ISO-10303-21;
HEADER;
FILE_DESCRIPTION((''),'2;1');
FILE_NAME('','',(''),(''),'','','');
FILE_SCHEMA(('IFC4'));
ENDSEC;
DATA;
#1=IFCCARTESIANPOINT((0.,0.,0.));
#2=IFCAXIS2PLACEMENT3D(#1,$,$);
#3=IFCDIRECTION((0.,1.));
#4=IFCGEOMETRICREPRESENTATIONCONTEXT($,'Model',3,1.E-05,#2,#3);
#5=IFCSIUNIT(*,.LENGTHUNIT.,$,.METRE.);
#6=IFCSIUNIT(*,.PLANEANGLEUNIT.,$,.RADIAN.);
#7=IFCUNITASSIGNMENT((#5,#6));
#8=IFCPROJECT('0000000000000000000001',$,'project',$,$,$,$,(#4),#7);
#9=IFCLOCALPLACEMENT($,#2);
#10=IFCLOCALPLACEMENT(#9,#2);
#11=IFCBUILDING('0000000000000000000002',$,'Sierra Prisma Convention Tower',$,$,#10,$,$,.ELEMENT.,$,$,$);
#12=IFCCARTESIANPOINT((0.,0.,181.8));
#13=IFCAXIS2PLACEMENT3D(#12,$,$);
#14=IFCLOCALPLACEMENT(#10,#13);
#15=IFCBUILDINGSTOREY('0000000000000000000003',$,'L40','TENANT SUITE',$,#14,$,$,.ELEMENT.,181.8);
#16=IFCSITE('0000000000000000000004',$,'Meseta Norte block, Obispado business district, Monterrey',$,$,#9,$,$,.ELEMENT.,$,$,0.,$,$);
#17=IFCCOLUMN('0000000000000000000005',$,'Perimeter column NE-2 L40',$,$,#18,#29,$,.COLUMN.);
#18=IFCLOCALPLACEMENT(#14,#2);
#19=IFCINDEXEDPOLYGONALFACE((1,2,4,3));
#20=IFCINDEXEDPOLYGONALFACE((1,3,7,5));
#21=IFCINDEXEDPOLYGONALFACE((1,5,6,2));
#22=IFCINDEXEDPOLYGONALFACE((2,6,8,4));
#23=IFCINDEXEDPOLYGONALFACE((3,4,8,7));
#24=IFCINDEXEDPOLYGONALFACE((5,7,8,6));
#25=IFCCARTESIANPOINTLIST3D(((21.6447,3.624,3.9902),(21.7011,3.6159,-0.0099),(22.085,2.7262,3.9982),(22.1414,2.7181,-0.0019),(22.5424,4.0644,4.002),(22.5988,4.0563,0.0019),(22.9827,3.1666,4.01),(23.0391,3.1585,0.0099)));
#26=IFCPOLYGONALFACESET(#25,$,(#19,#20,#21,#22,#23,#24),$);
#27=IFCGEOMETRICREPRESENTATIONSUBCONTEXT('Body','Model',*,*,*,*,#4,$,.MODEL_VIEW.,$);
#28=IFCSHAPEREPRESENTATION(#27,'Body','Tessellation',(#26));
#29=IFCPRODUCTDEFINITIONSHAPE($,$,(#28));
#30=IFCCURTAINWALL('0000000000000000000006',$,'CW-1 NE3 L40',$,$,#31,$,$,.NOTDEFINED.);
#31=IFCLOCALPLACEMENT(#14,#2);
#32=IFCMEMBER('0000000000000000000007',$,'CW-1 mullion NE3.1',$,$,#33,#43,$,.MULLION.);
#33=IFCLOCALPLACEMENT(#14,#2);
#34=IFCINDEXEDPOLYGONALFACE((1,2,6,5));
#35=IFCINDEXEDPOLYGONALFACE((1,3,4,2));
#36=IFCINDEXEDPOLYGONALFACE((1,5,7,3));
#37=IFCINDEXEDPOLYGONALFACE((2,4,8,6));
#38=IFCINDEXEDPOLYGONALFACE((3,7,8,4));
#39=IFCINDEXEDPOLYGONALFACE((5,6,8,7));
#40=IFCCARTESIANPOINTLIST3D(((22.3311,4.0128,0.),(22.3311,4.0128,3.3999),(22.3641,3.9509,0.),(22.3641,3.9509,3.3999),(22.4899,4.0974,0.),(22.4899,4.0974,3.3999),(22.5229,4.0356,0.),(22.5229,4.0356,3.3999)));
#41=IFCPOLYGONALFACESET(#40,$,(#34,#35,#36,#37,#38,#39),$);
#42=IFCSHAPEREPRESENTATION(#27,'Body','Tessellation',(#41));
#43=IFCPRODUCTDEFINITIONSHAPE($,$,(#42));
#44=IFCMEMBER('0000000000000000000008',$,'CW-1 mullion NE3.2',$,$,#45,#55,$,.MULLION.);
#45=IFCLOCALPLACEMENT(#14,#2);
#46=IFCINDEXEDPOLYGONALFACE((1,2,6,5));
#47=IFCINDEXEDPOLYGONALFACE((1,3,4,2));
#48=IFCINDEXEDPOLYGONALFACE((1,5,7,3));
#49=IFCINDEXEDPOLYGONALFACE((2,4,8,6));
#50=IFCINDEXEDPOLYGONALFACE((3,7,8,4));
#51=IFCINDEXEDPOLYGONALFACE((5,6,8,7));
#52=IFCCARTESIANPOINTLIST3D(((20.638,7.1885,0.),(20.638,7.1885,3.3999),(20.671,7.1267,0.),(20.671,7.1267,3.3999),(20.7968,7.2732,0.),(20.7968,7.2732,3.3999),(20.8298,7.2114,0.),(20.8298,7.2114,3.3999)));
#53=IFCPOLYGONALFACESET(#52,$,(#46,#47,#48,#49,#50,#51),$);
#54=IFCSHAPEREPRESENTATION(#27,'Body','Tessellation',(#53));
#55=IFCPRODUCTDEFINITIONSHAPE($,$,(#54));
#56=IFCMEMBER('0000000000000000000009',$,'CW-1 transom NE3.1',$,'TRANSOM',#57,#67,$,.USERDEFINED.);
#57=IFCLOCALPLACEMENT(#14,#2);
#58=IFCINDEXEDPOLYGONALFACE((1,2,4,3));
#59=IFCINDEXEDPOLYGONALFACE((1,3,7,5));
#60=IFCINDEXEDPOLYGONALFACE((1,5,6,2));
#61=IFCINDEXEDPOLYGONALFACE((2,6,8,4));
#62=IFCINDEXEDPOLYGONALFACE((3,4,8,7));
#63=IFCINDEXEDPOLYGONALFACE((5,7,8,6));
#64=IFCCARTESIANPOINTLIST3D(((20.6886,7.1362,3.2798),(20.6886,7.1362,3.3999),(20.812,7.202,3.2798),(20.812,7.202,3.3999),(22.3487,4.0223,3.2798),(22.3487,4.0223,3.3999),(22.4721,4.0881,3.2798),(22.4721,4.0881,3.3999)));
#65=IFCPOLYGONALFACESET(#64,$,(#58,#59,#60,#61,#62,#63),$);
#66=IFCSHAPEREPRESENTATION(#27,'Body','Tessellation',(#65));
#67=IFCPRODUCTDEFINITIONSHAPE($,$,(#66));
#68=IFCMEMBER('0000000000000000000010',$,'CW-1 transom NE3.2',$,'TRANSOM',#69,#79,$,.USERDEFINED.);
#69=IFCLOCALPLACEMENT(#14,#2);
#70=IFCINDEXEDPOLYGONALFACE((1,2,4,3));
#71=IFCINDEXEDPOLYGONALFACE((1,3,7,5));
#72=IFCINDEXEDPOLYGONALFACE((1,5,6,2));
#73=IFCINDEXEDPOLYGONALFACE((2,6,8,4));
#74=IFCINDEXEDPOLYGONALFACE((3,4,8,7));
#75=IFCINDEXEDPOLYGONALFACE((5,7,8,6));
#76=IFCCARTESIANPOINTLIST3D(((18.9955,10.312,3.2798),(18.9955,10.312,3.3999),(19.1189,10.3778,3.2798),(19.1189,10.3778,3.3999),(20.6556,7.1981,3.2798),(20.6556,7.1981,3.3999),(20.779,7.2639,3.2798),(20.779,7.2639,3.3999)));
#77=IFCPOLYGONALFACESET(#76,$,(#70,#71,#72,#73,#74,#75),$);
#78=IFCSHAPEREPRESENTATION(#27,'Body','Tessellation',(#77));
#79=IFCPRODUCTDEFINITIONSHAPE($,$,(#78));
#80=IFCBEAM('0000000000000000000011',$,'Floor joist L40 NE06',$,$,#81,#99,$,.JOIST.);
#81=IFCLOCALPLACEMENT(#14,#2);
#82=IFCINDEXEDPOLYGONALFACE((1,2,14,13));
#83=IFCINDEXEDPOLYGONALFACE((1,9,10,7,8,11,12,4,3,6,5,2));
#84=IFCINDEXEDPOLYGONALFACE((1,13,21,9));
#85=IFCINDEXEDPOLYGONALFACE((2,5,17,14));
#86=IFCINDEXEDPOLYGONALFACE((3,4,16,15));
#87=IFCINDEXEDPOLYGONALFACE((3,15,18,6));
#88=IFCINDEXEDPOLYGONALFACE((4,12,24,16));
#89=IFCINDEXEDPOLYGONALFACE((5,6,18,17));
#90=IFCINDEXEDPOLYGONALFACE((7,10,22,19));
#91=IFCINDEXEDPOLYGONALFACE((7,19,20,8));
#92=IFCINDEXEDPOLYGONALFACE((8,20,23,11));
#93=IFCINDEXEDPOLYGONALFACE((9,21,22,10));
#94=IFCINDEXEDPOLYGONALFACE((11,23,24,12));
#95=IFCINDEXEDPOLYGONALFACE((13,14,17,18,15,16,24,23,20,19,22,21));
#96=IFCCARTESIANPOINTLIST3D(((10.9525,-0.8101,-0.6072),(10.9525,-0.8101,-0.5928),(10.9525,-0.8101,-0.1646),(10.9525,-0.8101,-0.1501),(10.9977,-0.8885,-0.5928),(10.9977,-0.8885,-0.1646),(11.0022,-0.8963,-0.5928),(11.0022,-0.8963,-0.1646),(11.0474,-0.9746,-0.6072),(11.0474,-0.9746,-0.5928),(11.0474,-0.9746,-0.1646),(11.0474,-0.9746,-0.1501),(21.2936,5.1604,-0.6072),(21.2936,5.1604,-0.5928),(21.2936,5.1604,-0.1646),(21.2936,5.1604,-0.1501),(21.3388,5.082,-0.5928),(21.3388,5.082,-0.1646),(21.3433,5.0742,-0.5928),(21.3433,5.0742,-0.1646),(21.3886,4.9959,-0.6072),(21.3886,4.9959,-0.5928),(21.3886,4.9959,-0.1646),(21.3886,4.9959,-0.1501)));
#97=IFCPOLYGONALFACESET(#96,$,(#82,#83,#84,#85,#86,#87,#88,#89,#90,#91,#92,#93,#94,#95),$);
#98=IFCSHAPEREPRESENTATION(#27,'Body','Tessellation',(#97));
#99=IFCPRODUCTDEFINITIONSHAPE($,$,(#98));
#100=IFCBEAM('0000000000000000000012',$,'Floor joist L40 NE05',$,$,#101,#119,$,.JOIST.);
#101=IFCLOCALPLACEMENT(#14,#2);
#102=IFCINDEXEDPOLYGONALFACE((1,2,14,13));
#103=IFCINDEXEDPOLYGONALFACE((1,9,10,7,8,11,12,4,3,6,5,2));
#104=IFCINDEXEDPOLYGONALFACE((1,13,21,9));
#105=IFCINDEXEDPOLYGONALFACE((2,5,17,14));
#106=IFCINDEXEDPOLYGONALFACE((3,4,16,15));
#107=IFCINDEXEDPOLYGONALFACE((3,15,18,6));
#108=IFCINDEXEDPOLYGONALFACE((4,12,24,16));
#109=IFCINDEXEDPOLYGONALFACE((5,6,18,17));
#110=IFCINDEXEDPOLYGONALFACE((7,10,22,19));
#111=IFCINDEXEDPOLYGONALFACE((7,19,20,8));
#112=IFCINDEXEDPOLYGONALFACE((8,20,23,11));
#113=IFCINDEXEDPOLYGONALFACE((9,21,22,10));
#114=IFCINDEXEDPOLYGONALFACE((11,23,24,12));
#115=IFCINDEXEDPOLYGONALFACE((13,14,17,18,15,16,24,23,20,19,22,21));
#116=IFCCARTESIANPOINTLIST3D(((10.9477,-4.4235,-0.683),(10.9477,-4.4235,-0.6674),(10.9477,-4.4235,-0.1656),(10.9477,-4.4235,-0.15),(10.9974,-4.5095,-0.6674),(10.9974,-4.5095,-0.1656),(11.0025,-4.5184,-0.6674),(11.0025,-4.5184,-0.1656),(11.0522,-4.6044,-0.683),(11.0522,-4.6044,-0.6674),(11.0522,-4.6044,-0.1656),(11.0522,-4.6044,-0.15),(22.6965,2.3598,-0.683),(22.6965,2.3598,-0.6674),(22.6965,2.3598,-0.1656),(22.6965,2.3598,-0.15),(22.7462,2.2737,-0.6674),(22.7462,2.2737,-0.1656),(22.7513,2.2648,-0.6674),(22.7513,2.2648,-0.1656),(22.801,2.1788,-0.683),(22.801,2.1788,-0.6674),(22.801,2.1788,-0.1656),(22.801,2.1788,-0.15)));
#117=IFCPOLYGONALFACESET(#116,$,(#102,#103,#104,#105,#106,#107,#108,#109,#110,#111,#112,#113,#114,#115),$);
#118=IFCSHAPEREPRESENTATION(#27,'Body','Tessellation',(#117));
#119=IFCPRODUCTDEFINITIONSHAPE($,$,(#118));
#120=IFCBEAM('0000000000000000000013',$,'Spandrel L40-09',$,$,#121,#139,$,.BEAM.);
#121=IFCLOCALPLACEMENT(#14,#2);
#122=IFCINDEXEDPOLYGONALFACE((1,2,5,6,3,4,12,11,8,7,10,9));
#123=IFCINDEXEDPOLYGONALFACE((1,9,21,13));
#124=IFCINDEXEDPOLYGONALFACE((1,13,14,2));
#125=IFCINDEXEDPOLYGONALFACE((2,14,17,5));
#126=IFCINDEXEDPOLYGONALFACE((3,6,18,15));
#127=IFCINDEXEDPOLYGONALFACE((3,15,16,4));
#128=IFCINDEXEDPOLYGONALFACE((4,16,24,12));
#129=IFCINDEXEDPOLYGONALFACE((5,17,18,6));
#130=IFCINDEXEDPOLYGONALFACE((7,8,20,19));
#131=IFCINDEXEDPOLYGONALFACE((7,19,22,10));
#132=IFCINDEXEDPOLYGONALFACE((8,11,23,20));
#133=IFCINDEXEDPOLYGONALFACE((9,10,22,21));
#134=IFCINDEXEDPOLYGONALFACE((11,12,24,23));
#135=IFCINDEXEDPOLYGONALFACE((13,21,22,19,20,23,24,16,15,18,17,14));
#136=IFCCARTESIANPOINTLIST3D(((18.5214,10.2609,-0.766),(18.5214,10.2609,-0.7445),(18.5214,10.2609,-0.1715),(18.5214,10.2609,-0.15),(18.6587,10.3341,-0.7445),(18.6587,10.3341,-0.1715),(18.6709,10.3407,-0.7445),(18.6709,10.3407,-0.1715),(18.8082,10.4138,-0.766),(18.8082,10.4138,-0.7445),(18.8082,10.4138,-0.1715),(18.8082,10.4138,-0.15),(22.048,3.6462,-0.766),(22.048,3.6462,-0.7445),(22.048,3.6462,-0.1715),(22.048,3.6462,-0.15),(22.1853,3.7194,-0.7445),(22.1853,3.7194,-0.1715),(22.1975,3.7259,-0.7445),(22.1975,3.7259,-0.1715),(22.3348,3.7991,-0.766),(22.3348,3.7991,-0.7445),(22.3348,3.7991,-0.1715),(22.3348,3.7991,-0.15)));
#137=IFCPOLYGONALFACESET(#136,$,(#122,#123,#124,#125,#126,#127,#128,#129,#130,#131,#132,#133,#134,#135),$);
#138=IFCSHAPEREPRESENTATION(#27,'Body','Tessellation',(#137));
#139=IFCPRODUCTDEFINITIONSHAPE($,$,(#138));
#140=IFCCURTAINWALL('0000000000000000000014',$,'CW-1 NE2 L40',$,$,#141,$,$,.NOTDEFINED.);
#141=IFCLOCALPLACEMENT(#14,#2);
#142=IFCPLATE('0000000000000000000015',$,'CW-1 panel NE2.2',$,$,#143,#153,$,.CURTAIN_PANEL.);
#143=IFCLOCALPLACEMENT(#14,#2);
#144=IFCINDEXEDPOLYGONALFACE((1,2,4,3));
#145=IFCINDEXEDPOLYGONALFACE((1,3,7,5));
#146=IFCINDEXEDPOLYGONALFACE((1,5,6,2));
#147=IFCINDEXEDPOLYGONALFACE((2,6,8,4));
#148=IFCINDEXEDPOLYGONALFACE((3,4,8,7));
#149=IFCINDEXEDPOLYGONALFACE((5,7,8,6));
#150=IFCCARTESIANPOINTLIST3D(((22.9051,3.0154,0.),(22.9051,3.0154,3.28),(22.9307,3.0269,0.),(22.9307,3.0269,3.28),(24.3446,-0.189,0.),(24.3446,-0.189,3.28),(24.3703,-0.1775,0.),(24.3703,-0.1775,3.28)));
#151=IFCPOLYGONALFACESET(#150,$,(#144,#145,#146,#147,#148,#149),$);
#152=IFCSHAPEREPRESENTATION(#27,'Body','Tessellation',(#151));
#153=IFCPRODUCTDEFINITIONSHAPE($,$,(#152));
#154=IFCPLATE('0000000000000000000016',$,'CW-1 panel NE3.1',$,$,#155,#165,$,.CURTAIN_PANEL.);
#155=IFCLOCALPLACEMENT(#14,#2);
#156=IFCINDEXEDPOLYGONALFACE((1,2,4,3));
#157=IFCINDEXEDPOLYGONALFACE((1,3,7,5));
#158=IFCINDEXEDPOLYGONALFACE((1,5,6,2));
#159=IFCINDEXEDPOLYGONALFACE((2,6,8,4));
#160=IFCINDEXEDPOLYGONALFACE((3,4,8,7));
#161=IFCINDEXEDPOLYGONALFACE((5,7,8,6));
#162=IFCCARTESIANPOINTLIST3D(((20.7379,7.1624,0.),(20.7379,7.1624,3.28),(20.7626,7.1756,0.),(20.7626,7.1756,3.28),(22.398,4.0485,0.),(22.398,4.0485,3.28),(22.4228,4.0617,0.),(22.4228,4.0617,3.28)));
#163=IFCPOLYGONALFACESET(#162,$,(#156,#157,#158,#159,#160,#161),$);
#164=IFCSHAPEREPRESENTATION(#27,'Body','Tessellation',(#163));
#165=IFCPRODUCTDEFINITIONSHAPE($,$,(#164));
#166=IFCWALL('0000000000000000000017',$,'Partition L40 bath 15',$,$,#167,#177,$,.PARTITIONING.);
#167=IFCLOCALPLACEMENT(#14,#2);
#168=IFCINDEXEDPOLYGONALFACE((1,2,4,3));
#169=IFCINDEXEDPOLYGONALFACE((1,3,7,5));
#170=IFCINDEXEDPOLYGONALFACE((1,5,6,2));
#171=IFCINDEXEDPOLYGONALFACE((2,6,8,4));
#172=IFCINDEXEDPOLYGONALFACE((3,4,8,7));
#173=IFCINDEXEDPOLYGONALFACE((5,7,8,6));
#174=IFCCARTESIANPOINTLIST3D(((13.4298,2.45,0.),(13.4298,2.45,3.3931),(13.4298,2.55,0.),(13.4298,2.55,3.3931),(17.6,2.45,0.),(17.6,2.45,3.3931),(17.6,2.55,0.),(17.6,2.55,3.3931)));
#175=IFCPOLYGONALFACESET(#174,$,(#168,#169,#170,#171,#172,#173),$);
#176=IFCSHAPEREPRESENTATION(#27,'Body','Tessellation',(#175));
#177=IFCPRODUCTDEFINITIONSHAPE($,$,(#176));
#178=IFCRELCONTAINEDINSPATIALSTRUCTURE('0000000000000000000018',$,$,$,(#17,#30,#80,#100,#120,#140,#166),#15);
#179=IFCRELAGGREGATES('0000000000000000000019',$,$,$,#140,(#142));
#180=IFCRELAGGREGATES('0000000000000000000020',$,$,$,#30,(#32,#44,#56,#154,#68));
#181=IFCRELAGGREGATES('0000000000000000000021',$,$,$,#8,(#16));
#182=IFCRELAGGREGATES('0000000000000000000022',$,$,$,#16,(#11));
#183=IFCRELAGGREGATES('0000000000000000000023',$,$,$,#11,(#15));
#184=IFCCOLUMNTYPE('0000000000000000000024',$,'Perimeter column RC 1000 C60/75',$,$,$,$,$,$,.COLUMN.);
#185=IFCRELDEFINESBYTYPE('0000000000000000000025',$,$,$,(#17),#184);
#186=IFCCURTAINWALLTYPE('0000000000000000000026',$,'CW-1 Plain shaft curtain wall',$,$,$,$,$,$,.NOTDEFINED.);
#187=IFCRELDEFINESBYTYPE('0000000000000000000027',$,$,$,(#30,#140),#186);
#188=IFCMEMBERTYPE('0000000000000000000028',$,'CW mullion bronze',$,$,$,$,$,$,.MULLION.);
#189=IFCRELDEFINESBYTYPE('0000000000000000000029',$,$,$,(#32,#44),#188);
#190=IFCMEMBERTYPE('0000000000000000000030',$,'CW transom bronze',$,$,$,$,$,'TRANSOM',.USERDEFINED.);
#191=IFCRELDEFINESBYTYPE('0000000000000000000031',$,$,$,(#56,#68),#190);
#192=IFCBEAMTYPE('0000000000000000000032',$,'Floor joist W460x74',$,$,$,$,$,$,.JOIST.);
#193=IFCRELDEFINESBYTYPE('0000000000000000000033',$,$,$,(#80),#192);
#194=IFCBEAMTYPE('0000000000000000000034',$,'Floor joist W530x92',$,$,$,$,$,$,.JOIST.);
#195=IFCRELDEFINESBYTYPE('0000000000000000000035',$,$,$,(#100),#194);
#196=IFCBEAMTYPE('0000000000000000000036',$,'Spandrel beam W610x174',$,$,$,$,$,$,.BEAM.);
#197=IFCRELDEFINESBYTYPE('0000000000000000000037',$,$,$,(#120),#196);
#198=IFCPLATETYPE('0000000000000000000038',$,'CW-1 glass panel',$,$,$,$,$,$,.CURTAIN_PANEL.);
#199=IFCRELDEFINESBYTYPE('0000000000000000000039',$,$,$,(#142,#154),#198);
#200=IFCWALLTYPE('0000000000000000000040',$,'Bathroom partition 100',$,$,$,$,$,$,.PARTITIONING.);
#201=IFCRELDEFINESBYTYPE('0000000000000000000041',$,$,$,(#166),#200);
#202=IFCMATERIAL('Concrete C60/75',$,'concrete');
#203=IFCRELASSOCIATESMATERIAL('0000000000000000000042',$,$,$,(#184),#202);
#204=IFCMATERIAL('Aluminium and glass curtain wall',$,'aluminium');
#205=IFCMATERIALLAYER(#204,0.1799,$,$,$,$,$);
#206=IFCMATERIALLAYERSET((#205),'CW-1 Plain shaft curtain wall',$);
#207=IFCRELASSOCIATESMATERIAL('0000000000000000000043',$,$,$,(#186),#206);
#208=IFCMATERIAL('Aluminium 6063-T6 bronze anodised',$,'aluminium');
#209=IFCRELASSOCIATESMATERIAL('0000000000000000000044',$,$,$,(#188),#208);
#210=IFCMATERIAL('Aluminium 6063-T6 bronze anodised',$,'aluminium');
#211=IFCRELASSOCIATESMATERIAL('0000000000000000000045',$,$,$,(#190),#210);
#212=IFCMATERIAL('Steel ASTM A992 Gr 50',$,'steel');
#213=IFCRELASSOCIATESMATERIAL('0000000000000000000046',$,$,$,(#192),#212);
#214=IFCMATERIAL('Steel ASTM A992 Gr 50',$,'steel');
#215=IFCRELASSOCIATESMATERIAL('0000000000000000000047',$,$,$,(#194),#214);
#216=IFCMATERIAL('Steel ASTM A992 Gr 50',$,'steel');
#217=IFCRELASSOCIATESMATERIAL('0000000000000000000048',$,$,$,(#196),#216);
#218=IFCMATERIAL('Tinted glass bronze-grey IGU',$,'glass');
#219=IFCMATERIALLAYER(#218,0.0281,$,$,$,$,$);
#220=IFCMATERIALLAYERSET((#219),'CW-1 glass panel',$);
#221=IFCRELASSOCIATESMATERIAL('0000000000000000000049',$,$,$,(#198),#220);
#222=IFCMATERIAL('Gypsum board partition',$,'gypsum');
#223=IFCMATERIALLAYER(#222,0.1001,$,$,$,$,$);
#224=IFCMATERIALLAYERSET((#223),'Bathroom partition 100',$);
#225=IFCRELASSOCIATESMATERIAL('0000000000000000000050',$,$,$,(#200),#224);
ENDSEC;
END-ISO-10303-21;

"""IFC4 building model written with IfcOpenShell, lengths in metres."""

from ifc_helpers import new_model, si_unit, direction, frame, frame_2d, origin, origin_2d, place, context, subcontext, project, spatial, rectangle, i_section, extrude, material, layer, layer_set, material_profile, profile_set, type_object, element, aggregate, save


model = new_model("IFC4")

# Units and contexts
model_context = context("Model", 3, precision=1e-05, world=origin(), true_north=direction((0.0, 1.0)))
body_context = subcontext(model_context, "Body", "Model", "MODEL_VIEW")
ifc_project = project(units=[si_unit("LENGTHUNIT", "METRE"), si_unit("PLANEANGLEUNIT", "RADIAN")], contexts=[model_context])

# Site, building, storey
site_placement = place(None, origin())
site = spatial("IfcSite", under=ifc_project, at=site_placement, Name="Meseta Norte block, Obispado business district, Monterrey", CompositionType="ELEMENT", RefElevation=0.0)
building_placement = place(site_placement, origin())
building = spatial("IfcBuilding", under=site, at=building_placement, Name="Sierra Prisma Convention Tower", CompositionType="ELEMENT")
storey_placement = place(building_placement, frame((0.0, 0.0, 181.8)))
storey = spatial("IfcBuildingStorey", under=building, at=storey_placement, Name="L40", Description="TENANT SUITE", CompositionType="ELEMENT", Elevation=181.8)

# Column
ifc_material_1 = material(Name="Concrete C60/75", Category="concrete")
ifc_material_profile_1 = material_profile(ifc_material_1, rectangle(XDim=1.0, YDim=1.0, at=origin_2d()), Name="Perimeter column RC 1000 C60/75")
ifc_profile_set_1 = profile_set([ifc_material_profile_1], Name="Concrete C60/75")
column_type = type_object("IfcColumnType", Name="Perimeter column RC 1000 C60/75", PredefinedType="COLUMN", material=ifc_profile_set_1)
column_placement = place(storey_placement, frame((22.3701, 3.3872, 0.0), z_axis=(-0.014098, 0.002014, 0.999899), x_axis=(-0.440319, 0.897806, -0.008016)))
element("IfcColumn", 1, at=column_placement, inside=storey, type_object=column_type, Name="Perimeter column NE-2 L40", PredefinedType="COLUMN", context=body_context, shape_type="SweptSolid", body=[
    extrude(rectangle(XDim=1.0, YDim=1.0, at=origin_2d()), origin(), (0.0, 0.0, 1.0), 4.0005),
])

# Curtain wall, members
ifc_material_2 = material(Name="Aluminium and glass curtain wall", Category="aluminium")
ifc_layer_1 = layer(ifc_material_2, 0.1799)
ifc_layer_set_1 = layer_set([ifc_layer_1], Name="CW-1 Plain shaft curtain wall")
curtain_wall_type = type_object("IfcCurtainWallType", Name="CW-1 Plain shaft curtain wall", PredefinedType="NOTDEFINED", material=ifc_layer_set_1)
curtain_wall_1_placement = place(storey_placement, origin())
curtain_wall_1 = element("IfcCurtainWall", 2, at=curtain_wall_1_placement, inside=storey, type_object=curtain_wall_type, Name="CW-1 NE3 L40", PredefinedType="NOTDEFINED")
ifc_material_3 = material(Name="Aluminium 6063-T6 bronze anodised", Category="aluminium")
ifc_material_profile_2 = material_profile(ifc_material_3, rectangle(XDim=0.1799, YDim=0.0701, at=origin_2d()), Name="ALU MULLION 70x180")
ifc_profile_set_2 = profile_set([ifc_material_profile_2], Name="Aluminium 6063-T6 bronze anodised")
member_type_1 = type_object("IfcMemberType", Name="CW mullion bronze", PredefinedType="MULLION", material=ifc_profile_set_2)
member_1_placement = place(storey_placement, frame((22.427, 4.0242, 0.0), z_axis=(0.0, 0.0, 1.0), x_axis=(-0.882427, -0.47045, 0.0)))
member_1 = element("IfcMember", 3, at=member_1_placement, type_object=member_type_1, Name="CW-1 mullion NE3.1", PredefinedType="MULLION", context=body_context, shape_type="SweptSolid", body=[
    extrude(rectangle(XDim=0.1799, YDim=0.0701, at=origin_2d()), origin(), (0.0, 0.0, 1.0), 3.3999),
])
member_2_placement = place(storey_placement, frame((20.7339, 7.2, 0.0), z_axis=(0.0, 0.0, 1.0), x_axis=(-0.882427, -0.47045, 0.0)))
member_2 = element("IfcMember", 4, at=member_2_placement, type_object=member_type_1, Name="CW-1 mullion NE3.2", PredefinedType="MULLION", context=body_context, shape_type="SweptSolid", body=[
    extrude(rectangle(XDim=0.1799, YDim=0.0701, at=origin_2d()), origin(), (0.0, 0.0, 1.0), 3.3999),
])
ifc_material_4 = material(Name="Aluminium 6063-T6 bronze anodised", Category="aluminium")
ifc_material_profile_3 = material_profile(ifc_material_4, rectangle(XDim=0.1399, YDim=0.1201, at=origin_2d()), Name="ALU TRANSOM 120x140")
ifc_profile_set_3 = profile_set([ifc_material_profile_3], Name="Aluminium 6063-T6 bronze anodised")
member_type_2 = type_object("IfcMemberType", Name="CW transom bronze", ElementType="TRANSOM", PredefinedType="USERDEFINED", material=ifc_profile_set_3)
member_3_placement = place(storey_placement, frame((22.4104, 4.0552, 3.3398), z_axis=(-0.470445, 0.88243, 0.0), x_axis=(-0.88243, -0.470445, 0.0)))
member_3 = element("IfcMember", 5, at=member_3_placement, type_object=member_type_2, Name="CW-1 transom NE3.1", ObjectType="TRANSOM", PredefinedType="USERDEFINED", context=body_context, shape_type="SweptSolid", body=[
    extrude(rectangle(XDim=0.1399, YDim=0.1201, at=origin_2d()), origin(), (0.0, 0.0, 1.0), 3.5288),
])
member_4_placement = place(storey_placement, frame((20.7173, 7.231, 3.3398), z_axis=(-0.470445, 0.88243, 0.0), x_axis=(-0.88243, -0.470445, 0.0)))
member_4 = element("IfcMember", 6, at=member_4_placement, type_object=member_type_2, Name="CW-1 transom NE3.2", ObjectType="TRANSOM", PredefinedType="USERDEFINED", context=body_context, shape_type="SweptSolid", body=[
    extrude(rectangle(XDim=0.1399, YDim=0.1201, at=origin_2d()), origin(), (0.0, 0.0, 1.0), 3.5288),
])

# Beams
ifc_material_5 = material(Name="Steel ASTM A992 Gr 50", Category="steel")
ifc_material_profile_4 = material_profile(ifc_material_5, i_section(OverallWidth=0.1899, OverallDepth=0.457, WebThickness=0.009, FlangeThickness=0.0144, at=origin_2d()), Name="W460x74")
ifc_profile_set_4 = profile_set([ifc_material_profile_4], Name="Steel ASTM A992 Gr 50")
beam_type_1 = type_object("IfcBeamType", Name="Floor joist W460x74", PredefinedType="JOIST", material=ifc_profile_set_4)
beam_1_placement = place(storey_placement, frame((21.3411, 5.0781, -0.3787), z_axis=(-0.866024, -0.500003, 0.0), x_axis=(0.500003, -0.866024, 0.0)))
element("IfcBeam", 7, at=beam_1_placement, inside=storey, type_object=beam_type_1, Name="Floor joist L40 NE06", PredefinedType="JOIST", context=body_context, shape_type="SweptSolid", body=[
    extrude(i_section(OverallWidth=0.1899, OverallDepth=0.457, WebThickness=0.009, FlangeThickness=0.0144, at=origin_2d()), origin(), (0.0, 0.0, 1.0), 11.9409),
])
ifc_material_6 = material(Name="Steel ASTM A992 Gr 50", Category="steel")
ifc_material_profile_5 = material_profile(ifc_material_6, i_section(OverallWidth=0.209, OverallDepth=0.533, WebThickness=0.0103, FlangeThickness=0.0156, at=origin_2d()), Name="W530x92")
ifc_profile_set_5 = profile_set([ifc_material_profile_5], Name="Steel ASTM A992 Gr 50")
beam_type_2 = type_object("IfcBeamType", Name="Floor joist W530x92", PredefinedType="JOIST", material=ifc_profile_set_5)
beam_2_placement = place(storey_placement, frame((22.7488, 2.2693, -0.4165), z_axis=(-0.866024, -0.500002, 0.0), x_axis=(0.500002, -0.866024, 0.0)))
element("IfcBeam", 8, at=beam_2_placement, inside=storey, type_object=beam_type_2, Name="Floor joist L40 NE05", PredefinedType="JOIST", context=body_context, shape_type="SweptSolid", body=[
    extrude(i_section(OverallWidth=0.209, OverallDepth=0.533, WebThickness=0.0103, FlangeThickness=0.0156, at=origin_2d()), origin(), (0.0, 0.0, 1.0), 13.5664),
])
ifc_material_7 = material(Name="Steel ASTM A992 Gr 50", Category="steel")
ifc_material_profile_6 = material_profile(ifc_material_7, i_section(OverallWidth=0.325, OverallDepth=0.616, WebThickness=0.0139, FlangeThickness=0.0215, at=origin_2d()), Name="W610x174")
ifc_profile_set_6 = profile_set([ifc_material_profile_6], Name="Steel ASTM A992 Gr 50")
beam_type_3 = type_object("IfcBeamType", Name="Spandrel beam W610x174", PredefinedType="BEAM", material=ifc_profile_set_6)
beam_3_placement = place(storey_placement, frame((22.1914, 3.7227, -0.458), z_axis=(-0.470458, 0.882422, 0.0), x_axis=(-0.882422, -0.470458, 0.0)))
element("IfcBeam", 9, at=beam_3_placement, inside=storey, type_object=beam_type_3, Name="Spandrel L40-09", PredefinedType="BEAM", context=body_context, shape_type="SweptSolid", body=[
    extrude(i_section(OverallWidth=0.325, OverallDepth=0.616, WebThickness=0.0139, FlangeThickness=0.0215, at=origin_2d()), origin(), (0.0, 0.0, 1.0), 7.4961),
])

# Curtain wall, plate
curtain_wall_2_placement = place(storey_placement, origin())
curtain_wall_2 = element("IfcCurtainWall", 10, at=curtain_wall_2_placement, inside=storey, type_object=curtain_wall_type, Name="CW-1 NE2 L40", PredefinedType="NOTDEFINED")
ifc_material_8 = material(Name="Tinted glass bronze-grey IGU", Category="glass")
ifc_layer_2 = layer(ifc_material_8, 0.0281)
ifc_layer_set_2 = layer_set([ifc_layer_2], Name="CW-1 glass panel")
plate_type = type_object("IfcPlateType", Name="CW-1 glass panel", PredefinedType="CURTAIN_PANEL", material=ifc_layer_set_2)
plate_1_placement = place(storey_placement, frame((23.6377, 1.4189, 0.0), z_axis=(0.0, 0.0, 1.0), x_axis=(-0.409773, 0.912188, 0.0)))
plate_1 = element("IfcPlate", 11, at=plate_1_placement, type_object=plate_type, Name="CW-1 panel NE2.2", PredefinedType="CURTAIN_PANEL", context=body_context, shape_type="SweptSolid", body=[
    extrude(rectangle(XDim=3.5129, YDim=0.0281, at=origin_2d()), origin(), (0.0, 0.0, 1.0), 3.28),
])
aggregate(curtain_wall_2, [plate_1])

# Plate
plate_2_placement = place(storey_placement, frame((21.5803, 5.6121, 0.0), z_axis=(0.0, 0.0, 1.0), x_axis=(-0.47045, 0.882427, 0.0)))
plate_2 = element("IfcPlate", 12, at=plate_2_placement, type_object=plate_type, Name="CW-1 panel NE3.1", PredefinedType="CURTAIN_PANEL", context=body_context, shape_type="SweptSolid", body=[
    extrude(rectangle(XDim=3.5288, YDim=0.0281, at=origin_2d()), origin(), (0.0, 0.0, 1.0), 3.28),
])
aggregate(curtain_wall_1, [member_1, member_2, member_3, plate_2, member_4])

# Wall
ifc_material_9 = material(Name="Gypsum board partition", Category="gypsum")
ifc_layer_3 = layer(ifc_material_9, 0.1001)
ifc_layer_set_3 = layer_set([ifc_layer_3], Name="Bathroom partition 100")
wall_type_1 = type_object("IfcWallType", Name="Bathroom partition 100", PredefinedType="PARTITIONING", material=ifc_layer_set_3)
wall_1_placement = place(storey_placement, frame((13.4299, 2.5, 0.0), z_axis=(0.0, 0.0, 1.0), x_axis=(1.0, 0.0, 0.0)))
element("IfcWall", 13, at=wall_1_placement, inside=storey, type_object=wall_type_1, Name="Partition L40 bath 15", PredefinedType="PARTITIONING", context=body_context, shape_type="SweptSolid", body=[
    extrude(rectangle(XDim=4.1702, YDim=0.1001, at=frame_2d((2.085, 0.0))), origin(), (0.0, 0.0, 1.0), 3.3931),
])

save(model, "model.ifc")
